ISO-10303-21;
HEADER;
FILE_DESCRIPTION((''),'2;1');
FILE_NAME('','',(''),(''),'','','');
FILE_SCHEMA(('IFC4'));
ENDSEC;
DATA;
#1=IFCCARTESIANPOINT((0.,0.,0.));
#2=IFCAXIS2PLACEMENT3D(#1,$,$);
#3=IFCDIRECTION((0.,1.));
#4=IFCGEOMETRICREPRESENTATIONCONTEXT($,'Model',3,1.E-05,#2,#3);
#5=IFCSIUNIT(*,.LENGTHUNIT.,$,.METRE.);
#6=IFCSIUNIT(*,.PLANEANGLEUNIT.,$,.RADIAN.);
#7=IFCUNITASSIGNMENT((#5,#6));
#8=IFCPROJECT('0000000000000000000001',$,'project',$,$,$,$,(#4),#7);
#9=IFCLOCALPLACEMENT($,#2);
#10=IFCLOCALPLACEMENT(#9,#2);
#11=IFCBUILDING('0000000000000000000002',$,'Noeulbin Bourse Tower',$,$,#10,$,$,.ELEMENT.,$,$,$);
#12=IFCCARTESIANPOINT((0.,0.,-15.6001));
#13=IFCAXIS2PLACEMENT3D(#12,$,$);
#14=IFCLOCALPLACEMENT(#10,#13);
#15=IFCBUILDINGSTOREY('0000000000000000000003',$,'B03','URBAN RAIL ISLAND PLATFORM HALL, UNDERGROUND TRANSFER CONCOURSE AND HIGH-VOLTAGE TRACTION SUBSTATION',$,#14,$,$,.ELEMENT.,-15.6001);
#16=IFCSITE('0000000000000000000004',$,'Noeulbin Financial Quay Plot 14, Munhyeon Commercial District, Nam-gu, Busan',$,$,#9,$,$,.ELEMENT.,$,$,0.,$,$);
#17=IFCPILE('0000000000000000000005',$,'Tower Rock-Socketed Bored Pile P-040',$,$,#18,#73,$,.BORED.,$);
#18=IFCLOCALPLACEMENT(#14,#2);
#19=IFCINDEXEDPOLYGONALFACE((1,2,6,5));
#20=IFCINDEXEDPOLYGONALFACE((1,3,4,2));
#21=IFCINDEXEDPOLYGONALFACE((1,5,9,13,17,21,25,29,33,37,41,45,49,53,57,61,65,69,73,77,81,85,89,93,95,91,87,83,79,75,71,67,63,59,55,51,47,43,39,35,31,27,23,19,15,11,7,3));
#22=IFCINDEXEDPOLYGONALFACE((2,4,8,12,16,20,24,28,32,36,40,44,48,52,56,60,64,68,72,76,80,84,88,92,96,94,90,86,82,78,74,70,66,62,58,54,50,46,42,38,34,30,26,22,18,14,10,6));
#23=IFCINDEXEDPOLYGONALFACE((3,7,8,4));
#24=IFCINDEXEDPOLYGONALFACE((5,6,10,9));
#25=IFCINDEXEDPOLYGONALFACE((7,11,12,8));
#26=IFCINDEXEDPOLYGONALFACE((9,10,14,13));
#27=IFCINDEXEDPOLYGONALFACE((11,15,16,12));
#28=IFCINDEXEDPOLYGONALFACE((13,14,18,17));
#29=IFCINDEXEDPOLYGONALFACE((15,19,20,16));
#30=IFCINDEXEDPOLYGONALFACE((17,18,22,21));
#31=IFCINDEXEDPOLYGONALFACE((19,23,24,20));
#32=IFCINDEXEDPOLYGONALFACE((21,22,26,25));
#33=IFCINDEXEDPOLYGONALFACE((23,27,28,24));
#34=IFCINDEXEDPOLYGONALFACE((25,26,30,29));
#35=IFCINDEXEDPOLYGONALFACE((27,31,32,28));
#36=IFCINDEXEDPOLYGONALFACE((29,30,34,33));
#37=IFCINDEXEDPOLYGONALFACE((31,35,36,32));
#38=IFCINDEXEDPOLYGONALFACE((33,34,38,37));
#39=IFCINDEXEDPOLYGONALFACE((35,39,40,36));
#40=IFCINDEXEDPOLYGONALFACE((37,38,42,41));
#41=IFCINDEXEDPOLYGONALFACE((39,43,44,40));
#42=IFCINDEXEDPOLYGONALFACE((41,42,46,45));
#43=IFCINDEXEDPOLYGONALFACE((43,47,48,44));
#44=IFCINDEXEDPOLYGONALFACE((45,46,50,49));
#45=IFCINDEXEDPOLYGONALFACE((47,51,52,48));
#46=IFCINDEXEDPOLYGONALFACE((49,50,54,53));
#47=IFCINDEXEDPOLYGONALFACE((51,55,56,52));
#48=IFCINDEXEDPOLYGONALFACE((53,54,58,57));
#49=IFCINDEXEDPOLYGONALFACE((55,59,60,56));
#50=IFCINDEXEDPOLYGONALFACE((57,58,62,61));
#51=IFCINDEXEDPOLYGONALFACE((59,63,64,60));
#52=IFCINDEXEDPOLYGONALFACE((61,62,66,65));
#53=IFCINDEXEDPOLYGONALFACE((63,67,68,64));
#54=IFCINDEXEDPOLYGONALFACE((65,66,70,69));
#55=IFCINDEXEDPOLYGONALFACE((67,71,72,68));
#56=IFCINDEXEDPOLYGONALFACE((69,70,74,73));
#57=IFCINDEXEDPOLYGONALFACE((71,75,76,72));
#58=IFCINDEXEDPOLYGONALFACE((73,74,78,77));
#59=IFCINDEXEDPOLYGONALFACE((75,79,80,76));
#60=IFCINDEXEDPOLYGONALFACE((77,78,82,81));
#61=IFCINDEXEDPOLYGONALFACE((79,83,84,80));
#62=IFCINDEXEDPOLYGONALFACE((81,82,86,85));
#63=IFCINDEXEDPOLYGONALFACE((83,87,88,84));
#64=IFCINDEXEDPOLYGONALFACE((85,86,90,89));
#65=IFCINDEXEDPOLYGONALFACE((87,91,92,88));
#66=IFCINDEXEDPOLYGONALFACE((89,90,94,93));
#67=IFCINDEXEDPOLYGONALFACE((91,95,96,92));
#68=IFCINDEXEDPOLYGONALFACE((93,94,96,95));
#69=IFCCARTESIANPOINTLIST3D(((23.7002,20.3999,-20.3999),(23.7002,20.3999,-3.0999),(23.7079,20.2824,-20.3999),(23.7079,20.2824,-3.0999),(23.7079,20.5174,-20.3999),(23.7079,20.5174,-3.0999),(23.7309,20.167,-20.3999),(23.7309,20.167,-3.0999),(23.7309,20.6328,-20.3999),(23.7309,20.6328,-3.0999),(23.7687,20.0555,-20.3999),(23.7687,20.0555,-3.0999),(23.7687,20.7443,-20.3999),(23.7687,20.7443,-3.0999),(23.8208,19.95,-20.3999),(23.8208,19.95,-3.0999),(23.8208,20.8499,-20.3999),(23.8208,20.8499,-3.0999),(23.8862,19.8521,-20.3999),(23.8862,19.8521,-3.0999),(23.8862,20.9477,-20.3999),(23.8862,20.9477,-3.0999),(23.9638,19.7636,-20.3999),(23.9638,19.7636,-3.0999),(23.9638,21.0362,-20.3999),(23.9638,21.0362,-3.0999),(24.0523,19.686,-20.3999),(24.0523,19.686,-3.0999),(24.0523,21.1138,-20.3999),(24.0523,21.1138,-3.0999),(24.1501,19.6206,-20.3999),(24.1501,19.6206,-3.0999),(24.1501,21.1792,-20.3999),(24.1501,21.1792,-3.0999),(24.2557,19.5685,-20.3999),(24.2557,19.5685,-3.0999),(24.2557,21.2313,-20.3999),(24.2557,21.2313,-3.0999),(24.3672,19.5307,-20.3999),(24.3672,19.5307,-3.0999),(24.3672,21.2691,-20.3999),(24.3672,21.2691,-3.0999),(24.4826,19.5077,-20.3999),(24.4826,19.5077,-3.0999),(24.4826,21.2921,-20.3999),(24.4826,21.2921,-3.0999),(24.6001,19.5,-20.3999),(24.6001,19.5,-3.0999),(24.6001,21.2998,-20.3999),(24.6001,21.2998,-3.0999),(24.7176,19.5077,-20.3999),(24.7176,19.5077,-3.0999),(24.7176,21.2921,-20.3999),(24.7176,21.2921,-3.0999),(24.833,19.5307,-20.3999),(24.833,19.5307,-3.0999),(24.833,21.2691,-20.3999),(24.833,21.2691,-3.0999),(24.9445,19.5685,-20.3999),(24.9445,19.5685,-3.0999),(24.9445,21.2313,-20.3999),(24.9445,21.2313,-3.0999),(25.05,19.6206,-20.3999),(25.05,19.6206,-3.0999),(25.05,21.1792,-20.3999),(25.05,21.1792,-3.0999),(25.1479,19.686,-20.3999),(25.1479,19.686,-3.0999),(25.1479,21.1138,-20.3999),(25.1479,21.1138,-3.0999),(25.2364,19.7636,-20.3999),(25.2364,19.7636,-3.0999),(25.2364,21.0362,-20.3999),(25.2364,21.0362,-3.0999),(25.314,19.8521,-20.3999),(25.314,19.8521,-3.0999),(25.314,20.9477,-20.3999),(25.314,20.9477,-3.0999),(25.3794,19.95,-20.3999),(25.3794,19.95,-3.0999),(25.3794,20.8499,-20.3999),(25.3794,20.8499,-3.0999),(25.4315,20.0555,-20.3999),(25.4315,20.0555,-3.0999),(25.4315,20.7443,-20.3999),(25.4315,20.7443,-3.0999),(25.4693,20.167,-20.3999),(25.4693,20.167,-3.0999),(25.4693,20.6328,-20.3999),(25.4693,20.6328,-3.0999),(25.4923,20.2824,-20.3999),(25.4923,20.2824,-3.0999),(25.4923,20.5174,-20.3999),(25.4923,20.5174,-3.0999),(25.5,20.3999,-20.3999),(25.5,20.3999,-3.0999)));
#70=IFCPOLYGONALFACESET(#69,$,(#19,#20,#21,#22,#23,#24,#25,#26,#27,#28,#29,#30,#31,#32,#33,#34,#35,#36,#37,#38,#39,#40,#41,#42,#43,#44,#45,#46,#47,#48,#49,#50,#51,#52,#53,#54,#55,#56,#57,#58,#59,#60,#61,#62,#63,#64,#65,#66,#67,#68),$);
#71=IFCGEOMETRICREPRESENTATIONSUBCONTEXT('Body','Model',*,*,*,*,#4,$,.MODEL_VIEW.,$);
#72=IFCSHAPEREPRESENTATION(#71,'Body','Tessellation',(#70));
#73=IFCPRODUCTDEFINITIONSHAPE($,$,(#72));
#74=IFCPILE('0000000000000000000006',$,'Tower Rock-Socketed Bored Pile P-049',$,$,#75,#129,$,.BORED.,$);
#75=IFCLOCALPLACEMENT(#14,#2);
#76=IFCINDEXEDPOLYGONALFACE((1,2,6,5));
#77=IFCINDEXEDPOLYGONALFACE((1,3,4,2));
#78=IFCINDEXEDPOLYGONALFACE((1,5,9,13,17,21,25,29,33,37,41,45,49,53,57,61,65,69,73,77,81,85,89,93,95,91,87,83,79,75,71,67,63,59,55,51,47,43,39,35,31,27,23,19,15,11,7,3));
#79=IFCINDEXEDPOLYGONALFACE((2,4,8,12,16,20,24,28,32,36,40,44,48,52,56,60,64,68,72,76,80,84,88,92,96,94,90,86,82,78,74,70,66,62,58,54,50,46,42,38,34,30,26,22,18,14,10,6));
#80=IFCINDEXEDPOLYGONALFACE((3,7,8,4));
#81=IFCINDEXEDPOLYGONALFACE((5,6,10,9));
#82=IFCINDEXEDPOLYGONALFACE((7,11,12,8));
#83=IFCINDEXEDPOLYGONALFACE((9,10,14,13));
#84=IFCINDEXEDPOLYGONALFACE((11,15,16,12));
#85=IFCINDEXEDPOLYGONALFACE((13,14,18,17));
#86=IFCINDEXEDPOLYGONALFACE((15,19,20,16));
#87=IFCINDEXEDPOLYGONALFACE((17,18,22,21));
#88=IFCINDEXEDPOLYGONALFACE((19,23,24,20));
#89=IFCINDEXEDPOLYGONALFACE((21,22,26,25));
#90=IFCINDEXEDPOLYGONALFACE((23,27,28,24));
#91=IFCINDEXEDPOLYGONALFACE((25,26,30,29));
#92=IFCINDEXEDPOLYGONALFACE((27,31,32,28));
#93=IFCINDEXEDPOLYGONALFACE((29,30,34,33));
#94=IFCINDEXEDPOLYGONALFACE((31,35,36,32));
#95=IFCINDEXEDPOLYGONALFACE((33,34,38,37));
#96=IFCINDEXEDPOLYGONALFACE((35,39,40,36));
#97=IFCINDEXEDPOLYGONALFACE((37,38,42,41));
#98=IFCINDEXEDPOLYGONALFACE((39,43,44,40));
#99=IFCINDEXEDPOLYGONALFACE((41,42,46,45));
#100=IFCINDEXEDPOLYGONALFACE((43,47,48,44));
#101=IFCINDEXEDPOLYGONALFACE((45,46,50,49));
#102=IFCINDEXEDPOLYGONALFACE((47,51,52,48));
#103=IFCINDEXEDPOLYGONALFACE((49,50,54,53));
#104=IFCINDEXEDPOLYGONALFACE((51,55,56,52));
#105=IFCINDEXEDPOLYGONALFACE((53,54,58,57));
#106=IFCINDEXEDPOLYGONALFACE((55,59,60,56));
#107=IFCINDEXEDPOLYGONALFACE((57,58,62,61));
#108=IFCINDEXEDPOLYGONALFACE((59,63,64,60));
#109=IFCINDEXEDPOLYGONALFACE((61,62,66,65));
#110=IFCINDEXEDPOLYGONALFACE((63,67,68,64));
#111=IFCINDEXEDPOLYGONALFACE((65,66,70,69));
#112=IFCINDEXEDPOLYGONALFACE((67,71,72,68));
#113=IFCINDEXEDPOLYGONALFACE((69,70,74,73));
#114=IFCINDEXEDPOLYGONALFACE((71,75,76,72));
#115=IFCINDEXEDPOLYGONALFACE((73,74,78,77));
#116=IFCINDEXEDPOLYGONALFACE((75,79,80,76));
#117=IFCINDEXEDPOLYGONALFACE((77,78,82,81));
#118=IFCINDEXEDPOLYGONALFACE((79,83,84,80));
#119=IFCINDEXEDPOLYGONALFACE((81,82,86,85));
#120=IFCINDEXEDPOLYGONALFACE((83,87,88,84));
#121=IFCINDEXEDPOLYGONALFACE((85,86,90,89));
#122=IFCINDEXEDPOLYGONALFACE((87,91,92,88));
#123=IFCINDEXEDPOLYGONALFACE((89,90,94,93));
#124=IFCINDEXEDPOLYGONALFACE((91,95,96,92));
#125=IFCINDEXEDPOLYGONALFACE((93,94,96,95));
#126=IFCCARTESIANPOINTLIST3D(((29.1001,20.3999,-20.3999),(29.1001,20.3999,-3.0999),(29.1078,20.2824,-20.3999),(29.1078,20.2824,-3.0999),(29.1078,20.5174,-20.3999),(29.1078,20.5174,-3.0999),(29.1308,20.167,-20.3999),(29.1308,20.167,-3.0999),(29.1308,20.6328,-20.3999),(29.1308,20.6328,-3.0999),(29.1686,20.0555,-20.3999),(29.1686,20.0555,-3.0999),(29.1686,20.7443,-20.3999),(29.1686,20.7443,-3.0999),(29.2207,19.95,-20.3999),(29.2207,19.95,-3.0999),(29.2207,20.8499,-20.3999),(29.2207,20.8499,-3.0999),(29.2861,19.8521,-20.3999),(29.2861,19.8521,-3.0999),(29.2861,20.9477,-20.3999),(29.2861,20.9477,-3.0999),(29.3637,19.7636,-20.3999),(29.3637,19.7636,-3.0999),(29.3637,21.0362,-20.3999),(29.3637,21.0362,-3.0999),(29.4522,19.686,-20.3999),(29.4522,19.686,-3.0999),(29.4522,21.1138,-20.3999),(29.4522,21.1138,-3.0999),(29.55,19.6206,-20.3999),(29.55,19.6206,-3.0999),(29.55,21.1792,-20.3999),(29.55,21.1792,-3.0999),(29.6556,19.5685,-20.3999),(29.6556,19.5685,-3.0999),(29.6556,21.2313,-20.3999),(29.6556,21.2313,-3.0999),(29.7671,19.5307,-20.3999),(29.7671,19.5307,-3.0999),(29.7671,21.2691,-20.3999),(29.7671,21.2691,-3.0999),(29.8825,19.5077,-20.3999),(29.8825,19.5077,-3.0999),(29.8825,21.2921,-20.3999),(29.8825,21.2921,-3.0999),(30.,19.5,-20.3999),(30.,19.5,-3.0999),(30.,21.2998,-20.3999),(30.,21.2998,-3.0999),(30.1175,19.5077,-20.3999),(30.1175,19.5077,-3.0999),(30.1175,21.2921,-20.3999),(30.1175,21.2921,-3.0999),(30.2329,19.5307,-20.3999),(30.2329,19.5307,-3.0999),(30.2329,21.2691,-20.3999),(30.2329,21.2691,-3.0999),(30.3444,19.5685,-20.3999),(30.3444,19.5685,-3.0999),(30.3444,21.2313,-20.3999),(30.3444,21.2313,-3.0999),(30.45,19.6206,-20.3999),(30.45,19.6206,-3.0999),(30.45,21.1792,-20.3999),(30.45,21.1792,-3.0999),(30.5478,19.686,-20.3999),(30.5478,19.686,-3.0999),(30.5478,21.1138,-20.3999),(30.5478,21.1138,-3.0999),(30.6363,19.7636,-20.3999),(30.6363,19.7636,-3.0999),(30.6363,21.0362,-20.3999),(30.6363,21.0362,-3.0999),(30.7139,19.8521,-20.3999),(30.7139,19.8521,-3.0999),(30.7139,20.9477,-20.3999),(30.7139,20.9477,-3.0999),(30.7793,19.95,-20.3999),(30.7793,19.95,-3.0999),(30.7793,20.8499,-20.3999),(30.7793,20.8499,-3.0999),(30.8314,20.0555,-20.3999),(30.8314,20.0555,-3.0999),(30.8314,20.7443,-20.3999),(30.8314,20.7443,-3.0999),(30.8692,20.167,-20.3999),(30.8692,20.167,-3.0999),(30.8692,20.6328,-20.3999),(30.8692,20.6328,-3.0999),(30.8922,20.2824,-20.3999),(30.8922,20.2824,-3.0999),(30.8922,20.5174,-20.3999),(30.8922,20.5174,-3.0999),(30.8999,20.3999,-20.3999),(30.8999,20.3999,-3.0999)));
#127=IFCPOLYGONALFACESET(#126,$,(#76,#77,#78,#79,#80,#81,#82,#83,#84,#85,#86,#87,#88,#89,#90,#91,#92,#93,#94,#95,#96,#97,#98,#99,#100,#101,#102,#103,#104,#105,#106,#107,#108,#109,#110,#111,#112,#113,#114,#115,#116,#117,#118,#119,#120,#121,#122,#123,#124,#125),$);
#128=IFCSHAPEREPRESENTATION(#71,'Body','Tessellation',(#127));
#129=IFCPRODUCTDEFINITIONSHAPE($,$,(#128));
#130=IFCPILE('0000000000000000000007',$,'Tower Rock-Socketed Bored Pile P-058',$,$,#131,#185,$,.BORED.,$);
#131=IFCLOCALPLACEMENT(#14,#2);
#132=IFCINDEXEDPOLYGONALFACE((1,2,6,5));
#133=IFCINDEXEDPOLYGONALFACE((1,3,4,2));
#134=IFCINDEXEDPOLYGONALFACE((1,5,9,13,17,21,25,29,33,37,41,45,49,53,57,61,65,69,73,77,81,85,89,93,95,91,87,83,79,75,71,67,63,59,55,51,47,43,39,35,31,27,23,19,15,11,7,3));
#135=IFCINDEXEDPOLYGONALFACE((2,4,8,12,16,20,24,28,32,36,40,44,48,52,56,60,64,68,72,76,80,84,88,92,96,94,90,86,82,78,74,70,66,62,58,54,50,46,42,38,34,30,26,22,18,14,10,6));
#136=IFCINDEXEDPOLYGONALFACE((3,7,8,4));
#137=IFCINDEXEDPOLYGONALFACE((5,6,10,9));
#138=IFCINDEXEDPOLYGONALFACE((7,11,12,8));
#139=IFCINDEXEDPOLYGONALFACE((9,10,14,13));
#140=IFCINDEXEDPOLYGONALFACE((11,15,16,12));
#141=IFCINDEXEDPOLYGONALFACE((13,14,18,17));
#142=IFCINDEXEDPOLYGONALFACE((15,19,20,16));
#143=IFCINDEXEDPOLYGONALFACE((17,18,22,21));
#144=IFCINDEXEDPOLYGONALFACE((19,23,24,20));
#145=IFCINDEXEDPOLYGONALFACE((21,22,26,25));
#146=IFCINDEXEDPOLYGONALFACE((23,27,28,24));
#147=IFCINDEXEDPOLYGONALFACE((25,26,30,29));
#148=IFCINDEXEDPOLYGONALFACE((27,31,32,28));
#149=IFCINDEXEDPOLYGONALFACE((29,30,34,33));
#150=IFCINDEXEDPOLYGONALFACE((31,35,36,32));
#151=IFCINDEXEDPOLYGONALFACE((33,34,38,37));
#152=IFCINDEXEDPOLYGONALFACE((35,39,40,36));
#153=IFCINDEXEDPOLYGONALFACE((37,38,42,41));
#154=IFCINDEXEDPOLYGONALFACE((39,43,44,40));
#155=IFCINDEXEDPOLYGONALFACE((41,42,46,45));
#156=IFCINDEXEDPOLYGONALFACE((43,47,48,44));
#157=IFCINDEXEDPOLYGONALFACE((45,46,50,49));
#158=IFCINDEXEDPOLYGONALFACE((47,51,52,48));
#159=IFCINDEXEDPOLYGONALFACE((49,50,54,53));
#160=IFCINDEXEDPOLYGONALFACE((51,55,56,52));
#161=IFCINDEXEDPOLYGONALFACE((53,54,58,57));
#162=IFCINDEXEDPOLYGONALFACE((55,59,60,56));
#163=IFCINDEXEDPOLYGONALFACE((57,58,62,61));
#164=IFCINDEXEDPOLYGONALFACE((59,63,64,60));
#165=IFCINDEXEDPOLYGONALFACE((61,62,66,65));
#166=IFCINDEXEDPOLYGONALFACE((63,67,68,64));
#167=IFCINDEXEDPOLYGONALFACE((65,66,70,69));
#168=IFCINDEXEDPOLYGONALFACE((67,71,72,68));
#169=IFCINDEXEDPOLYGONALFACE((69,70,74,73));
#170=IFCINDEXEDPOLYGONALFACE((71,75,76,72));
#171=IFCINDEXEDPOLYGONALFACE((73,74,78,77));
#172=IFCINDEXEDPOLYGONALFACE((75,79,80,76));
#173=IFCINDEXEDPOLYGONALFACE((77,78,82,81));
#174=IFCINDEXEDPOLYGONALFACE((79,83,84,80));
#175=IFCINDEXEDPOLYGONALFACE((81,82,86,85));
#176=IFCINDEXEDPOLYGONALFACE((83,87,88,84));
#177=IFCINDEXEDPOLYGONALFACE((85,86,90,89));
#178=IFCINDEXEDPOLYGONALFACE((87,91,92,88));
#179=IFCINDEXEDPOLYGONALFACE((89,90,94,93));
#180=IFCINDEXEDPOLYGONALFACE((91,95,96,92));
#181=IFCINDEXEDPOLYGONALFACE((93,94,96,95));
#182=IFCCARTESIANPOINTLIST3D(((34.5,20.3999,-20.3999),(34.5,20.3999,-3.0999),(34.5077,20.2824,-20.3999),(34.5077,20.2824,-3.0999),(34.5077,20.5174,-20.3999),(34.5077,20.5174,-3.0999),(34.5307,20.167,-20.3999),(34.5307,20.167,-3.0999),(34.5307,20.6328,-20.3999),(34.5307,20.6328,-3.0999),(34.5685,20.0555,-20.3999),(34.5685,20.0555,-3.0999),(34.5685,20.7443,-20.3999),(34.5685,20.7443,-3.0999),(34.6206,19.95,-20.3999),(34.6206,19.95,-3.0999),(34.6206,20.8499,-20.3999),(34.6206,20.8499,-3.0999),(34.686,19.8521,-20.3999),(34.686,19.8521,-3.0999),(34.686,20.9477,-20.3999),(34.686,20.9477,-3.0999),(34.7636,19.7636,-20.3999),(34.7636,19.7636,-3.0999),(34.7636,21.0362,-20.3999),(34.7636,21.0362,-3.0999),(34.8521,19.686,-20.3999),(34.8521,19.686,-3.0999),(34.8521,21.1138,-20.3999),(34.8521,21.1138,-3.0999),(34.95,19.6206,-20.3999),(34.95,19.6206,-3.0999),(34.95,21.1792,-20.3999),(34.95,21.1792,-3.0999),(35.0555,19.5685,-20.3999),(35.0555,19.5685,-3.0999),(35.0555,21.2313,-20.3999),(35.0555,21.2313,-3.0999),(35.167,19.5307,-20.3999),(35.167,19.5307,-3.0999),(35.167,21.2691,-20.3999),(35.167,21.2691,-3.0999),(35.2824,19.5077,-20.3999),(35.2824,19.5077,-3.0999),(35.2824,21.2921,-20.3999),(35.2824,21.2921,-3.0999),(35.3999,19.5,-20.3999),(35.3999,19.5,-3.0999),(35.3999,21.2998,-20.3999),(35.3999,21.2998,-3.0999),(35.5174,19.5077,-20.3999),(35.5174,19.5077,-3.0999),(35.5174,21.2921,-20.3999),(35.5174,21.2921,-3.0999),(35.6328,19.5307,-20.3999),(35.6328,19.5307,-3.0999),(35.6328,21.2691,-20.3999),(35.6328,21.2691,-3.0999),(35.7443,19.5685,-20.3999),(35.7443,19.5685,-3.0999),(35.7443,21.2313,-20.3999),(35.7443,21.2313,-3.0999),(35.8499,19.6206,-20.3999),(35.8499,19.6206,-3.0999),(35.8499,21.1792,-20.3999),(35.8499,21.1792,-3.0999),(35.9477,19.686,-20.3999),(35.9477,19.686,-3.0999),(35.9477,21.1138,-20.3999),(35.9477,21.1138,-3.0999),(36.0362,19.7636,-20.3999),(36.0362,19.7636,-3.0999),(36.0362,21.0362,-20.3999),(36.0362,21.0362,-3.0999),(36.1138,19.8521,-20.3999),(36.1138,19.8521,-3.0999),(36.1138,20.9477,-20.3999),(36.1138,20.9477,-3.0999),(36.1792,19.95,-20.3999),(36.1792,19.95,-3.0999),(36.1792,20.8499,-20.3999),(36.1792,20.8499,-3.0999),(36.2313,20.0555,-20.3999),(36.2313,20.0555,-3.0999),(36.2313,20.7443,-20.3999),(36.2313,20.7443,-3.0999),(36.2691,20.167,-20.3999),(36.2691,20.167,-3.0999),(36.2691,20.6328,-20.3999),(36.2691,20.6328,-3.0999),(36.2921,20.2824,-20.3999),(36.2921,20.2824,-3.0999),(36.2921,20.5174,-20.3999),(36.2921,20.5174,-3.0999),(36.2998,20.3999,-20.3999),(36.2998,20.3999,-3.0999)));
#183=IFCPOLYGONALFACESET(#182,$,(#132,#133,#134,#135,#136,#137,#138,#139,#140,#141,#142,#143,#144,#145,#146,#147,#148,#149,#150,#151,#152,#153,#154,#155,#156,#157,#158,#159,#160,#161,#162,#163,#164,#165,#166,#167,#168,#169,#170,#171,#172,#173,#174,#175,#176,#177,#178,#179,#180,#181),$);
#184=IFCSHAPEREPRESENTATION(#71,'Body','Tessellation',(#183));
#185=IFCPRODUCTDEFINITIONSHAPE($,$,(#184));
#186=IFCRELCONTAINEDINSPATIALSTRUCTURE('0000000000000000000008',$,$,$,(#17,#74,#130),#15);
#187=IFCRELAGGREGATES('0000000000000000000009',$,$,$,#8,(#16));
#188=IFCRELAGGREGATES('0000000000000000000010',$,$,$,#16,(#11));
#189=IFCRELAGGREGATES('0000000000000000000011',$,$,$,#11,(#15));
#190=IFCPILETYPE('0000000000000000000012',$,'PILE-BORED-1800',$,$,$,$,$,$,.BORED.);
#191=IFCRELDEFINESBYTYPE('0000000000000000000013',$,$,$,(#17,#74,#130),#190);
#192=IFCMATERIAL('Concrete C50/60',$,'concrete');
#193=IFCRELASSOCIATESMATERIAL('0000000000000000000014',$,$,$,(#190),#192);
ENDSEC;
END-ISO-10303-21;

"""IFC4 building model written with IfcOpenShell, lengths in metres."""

from ifc_helpers import new_model, si_unit, direction, frame, origin, origin_2d, place, context, subcontext, project, spatial, circle, extrude, material, material_profile, profile_set, type_object, element, save


model = new_model("IFC4")

# Units and contexts
model_context = context("Model", 3, precision=1e-05, world=origin(), true_north=direction((0.0, 1.0)))
body_context = subcontext(model_context, "Body", "Model", "MODEL_VIEW")
ifc_project = project(units=[si_unit("LENGTHUNIT", "METRE"), si_unit("PLANEANGLEUNIT", "RADIAN")], contexts=[model_context])

# Site, building, storey
site_placement = place(None, origin())
site = spatial("IfcSite", under=ifc_project, at=site_placement, Name="Noeulbin Financial Quay Plot 14, Munhyeon Commercial District, Nam-gu, Busan", CompositionType="ELEMENT", RefElevation=0.0)
building_placement = place(site_placement, origin())
building = spatial("IfcBuilding", under=site, at=building_placement, Name="Noeulbin Bourse Tower", CompositionType="ELEMENT")
storey_placement = place(building_placement, frame((0.0, 0.0, -15.6001)))
storey = spatial("IfcBuildingStorey", under=building, at=storey_placement, Name="B03", Description="URBAN RAIL ISLAND PLATFORM HALL, UNDERGROUND TRANSFER CONCOURSE AND HIGH-VOLTAGE TRACTION SUBSTATION", CompositionType="ELEMENT", Elevation=-15.6001)

# Piles
ifc_material_1 = material(Name="Concrete C50/60", Category="concrete")
ifc_material_profile_1 = material_profile(ifc_material_1, circle(Radius=0.8999, at=origin_2d()), Name="PILE-D1800", Category="LoadBearing")
ifc_profile_set_1 = profile_set([ifc_material_profile_1], Name="Concrete C50/60")
pile_type_1 = type_object("IfcPileType", Name="PILE-BORED-1800", PredefinedType="BORED", material=ifc_profile_set_1)
for number, where, z_axis, x_axis, name in (
    (1, (24.6001, 20.3999, -3.0999), (0.0, 0.0, -1.0), (1.0, 0.0, 0.0), "Tower Rock-Socketed Bored Pile P-040"),
    (2, (30.0, 20.3999, -3.0999), (0.0, 0.0, -1.0), (1.0, 0.0, 0.0), "Tower Rock-Socketed Bored Pile P-049"),
    (3, (35.3999, 20.3999, -3.0999), (0.0, 0.0, -1.0), (1.0, 0.0, 0.0), "Tower Rock-Socketed Bored Pile P-058"),
):
    element("IfcPile", number, at=place(storey_placement, frame(where, z_axis=z_axis, x_axis=x_axis)), inside=storey, type_object=pile_type_1, Name=name, PredefinedType="BORED", context=body_context, shape_type="SweptSolid", body=[
        extrude(circle(Radius=0.8999, at=origin_2d()), origin(), (0.0, 0.0, 1.0), 17.3),
    ])

save(model, "model.ifc")
